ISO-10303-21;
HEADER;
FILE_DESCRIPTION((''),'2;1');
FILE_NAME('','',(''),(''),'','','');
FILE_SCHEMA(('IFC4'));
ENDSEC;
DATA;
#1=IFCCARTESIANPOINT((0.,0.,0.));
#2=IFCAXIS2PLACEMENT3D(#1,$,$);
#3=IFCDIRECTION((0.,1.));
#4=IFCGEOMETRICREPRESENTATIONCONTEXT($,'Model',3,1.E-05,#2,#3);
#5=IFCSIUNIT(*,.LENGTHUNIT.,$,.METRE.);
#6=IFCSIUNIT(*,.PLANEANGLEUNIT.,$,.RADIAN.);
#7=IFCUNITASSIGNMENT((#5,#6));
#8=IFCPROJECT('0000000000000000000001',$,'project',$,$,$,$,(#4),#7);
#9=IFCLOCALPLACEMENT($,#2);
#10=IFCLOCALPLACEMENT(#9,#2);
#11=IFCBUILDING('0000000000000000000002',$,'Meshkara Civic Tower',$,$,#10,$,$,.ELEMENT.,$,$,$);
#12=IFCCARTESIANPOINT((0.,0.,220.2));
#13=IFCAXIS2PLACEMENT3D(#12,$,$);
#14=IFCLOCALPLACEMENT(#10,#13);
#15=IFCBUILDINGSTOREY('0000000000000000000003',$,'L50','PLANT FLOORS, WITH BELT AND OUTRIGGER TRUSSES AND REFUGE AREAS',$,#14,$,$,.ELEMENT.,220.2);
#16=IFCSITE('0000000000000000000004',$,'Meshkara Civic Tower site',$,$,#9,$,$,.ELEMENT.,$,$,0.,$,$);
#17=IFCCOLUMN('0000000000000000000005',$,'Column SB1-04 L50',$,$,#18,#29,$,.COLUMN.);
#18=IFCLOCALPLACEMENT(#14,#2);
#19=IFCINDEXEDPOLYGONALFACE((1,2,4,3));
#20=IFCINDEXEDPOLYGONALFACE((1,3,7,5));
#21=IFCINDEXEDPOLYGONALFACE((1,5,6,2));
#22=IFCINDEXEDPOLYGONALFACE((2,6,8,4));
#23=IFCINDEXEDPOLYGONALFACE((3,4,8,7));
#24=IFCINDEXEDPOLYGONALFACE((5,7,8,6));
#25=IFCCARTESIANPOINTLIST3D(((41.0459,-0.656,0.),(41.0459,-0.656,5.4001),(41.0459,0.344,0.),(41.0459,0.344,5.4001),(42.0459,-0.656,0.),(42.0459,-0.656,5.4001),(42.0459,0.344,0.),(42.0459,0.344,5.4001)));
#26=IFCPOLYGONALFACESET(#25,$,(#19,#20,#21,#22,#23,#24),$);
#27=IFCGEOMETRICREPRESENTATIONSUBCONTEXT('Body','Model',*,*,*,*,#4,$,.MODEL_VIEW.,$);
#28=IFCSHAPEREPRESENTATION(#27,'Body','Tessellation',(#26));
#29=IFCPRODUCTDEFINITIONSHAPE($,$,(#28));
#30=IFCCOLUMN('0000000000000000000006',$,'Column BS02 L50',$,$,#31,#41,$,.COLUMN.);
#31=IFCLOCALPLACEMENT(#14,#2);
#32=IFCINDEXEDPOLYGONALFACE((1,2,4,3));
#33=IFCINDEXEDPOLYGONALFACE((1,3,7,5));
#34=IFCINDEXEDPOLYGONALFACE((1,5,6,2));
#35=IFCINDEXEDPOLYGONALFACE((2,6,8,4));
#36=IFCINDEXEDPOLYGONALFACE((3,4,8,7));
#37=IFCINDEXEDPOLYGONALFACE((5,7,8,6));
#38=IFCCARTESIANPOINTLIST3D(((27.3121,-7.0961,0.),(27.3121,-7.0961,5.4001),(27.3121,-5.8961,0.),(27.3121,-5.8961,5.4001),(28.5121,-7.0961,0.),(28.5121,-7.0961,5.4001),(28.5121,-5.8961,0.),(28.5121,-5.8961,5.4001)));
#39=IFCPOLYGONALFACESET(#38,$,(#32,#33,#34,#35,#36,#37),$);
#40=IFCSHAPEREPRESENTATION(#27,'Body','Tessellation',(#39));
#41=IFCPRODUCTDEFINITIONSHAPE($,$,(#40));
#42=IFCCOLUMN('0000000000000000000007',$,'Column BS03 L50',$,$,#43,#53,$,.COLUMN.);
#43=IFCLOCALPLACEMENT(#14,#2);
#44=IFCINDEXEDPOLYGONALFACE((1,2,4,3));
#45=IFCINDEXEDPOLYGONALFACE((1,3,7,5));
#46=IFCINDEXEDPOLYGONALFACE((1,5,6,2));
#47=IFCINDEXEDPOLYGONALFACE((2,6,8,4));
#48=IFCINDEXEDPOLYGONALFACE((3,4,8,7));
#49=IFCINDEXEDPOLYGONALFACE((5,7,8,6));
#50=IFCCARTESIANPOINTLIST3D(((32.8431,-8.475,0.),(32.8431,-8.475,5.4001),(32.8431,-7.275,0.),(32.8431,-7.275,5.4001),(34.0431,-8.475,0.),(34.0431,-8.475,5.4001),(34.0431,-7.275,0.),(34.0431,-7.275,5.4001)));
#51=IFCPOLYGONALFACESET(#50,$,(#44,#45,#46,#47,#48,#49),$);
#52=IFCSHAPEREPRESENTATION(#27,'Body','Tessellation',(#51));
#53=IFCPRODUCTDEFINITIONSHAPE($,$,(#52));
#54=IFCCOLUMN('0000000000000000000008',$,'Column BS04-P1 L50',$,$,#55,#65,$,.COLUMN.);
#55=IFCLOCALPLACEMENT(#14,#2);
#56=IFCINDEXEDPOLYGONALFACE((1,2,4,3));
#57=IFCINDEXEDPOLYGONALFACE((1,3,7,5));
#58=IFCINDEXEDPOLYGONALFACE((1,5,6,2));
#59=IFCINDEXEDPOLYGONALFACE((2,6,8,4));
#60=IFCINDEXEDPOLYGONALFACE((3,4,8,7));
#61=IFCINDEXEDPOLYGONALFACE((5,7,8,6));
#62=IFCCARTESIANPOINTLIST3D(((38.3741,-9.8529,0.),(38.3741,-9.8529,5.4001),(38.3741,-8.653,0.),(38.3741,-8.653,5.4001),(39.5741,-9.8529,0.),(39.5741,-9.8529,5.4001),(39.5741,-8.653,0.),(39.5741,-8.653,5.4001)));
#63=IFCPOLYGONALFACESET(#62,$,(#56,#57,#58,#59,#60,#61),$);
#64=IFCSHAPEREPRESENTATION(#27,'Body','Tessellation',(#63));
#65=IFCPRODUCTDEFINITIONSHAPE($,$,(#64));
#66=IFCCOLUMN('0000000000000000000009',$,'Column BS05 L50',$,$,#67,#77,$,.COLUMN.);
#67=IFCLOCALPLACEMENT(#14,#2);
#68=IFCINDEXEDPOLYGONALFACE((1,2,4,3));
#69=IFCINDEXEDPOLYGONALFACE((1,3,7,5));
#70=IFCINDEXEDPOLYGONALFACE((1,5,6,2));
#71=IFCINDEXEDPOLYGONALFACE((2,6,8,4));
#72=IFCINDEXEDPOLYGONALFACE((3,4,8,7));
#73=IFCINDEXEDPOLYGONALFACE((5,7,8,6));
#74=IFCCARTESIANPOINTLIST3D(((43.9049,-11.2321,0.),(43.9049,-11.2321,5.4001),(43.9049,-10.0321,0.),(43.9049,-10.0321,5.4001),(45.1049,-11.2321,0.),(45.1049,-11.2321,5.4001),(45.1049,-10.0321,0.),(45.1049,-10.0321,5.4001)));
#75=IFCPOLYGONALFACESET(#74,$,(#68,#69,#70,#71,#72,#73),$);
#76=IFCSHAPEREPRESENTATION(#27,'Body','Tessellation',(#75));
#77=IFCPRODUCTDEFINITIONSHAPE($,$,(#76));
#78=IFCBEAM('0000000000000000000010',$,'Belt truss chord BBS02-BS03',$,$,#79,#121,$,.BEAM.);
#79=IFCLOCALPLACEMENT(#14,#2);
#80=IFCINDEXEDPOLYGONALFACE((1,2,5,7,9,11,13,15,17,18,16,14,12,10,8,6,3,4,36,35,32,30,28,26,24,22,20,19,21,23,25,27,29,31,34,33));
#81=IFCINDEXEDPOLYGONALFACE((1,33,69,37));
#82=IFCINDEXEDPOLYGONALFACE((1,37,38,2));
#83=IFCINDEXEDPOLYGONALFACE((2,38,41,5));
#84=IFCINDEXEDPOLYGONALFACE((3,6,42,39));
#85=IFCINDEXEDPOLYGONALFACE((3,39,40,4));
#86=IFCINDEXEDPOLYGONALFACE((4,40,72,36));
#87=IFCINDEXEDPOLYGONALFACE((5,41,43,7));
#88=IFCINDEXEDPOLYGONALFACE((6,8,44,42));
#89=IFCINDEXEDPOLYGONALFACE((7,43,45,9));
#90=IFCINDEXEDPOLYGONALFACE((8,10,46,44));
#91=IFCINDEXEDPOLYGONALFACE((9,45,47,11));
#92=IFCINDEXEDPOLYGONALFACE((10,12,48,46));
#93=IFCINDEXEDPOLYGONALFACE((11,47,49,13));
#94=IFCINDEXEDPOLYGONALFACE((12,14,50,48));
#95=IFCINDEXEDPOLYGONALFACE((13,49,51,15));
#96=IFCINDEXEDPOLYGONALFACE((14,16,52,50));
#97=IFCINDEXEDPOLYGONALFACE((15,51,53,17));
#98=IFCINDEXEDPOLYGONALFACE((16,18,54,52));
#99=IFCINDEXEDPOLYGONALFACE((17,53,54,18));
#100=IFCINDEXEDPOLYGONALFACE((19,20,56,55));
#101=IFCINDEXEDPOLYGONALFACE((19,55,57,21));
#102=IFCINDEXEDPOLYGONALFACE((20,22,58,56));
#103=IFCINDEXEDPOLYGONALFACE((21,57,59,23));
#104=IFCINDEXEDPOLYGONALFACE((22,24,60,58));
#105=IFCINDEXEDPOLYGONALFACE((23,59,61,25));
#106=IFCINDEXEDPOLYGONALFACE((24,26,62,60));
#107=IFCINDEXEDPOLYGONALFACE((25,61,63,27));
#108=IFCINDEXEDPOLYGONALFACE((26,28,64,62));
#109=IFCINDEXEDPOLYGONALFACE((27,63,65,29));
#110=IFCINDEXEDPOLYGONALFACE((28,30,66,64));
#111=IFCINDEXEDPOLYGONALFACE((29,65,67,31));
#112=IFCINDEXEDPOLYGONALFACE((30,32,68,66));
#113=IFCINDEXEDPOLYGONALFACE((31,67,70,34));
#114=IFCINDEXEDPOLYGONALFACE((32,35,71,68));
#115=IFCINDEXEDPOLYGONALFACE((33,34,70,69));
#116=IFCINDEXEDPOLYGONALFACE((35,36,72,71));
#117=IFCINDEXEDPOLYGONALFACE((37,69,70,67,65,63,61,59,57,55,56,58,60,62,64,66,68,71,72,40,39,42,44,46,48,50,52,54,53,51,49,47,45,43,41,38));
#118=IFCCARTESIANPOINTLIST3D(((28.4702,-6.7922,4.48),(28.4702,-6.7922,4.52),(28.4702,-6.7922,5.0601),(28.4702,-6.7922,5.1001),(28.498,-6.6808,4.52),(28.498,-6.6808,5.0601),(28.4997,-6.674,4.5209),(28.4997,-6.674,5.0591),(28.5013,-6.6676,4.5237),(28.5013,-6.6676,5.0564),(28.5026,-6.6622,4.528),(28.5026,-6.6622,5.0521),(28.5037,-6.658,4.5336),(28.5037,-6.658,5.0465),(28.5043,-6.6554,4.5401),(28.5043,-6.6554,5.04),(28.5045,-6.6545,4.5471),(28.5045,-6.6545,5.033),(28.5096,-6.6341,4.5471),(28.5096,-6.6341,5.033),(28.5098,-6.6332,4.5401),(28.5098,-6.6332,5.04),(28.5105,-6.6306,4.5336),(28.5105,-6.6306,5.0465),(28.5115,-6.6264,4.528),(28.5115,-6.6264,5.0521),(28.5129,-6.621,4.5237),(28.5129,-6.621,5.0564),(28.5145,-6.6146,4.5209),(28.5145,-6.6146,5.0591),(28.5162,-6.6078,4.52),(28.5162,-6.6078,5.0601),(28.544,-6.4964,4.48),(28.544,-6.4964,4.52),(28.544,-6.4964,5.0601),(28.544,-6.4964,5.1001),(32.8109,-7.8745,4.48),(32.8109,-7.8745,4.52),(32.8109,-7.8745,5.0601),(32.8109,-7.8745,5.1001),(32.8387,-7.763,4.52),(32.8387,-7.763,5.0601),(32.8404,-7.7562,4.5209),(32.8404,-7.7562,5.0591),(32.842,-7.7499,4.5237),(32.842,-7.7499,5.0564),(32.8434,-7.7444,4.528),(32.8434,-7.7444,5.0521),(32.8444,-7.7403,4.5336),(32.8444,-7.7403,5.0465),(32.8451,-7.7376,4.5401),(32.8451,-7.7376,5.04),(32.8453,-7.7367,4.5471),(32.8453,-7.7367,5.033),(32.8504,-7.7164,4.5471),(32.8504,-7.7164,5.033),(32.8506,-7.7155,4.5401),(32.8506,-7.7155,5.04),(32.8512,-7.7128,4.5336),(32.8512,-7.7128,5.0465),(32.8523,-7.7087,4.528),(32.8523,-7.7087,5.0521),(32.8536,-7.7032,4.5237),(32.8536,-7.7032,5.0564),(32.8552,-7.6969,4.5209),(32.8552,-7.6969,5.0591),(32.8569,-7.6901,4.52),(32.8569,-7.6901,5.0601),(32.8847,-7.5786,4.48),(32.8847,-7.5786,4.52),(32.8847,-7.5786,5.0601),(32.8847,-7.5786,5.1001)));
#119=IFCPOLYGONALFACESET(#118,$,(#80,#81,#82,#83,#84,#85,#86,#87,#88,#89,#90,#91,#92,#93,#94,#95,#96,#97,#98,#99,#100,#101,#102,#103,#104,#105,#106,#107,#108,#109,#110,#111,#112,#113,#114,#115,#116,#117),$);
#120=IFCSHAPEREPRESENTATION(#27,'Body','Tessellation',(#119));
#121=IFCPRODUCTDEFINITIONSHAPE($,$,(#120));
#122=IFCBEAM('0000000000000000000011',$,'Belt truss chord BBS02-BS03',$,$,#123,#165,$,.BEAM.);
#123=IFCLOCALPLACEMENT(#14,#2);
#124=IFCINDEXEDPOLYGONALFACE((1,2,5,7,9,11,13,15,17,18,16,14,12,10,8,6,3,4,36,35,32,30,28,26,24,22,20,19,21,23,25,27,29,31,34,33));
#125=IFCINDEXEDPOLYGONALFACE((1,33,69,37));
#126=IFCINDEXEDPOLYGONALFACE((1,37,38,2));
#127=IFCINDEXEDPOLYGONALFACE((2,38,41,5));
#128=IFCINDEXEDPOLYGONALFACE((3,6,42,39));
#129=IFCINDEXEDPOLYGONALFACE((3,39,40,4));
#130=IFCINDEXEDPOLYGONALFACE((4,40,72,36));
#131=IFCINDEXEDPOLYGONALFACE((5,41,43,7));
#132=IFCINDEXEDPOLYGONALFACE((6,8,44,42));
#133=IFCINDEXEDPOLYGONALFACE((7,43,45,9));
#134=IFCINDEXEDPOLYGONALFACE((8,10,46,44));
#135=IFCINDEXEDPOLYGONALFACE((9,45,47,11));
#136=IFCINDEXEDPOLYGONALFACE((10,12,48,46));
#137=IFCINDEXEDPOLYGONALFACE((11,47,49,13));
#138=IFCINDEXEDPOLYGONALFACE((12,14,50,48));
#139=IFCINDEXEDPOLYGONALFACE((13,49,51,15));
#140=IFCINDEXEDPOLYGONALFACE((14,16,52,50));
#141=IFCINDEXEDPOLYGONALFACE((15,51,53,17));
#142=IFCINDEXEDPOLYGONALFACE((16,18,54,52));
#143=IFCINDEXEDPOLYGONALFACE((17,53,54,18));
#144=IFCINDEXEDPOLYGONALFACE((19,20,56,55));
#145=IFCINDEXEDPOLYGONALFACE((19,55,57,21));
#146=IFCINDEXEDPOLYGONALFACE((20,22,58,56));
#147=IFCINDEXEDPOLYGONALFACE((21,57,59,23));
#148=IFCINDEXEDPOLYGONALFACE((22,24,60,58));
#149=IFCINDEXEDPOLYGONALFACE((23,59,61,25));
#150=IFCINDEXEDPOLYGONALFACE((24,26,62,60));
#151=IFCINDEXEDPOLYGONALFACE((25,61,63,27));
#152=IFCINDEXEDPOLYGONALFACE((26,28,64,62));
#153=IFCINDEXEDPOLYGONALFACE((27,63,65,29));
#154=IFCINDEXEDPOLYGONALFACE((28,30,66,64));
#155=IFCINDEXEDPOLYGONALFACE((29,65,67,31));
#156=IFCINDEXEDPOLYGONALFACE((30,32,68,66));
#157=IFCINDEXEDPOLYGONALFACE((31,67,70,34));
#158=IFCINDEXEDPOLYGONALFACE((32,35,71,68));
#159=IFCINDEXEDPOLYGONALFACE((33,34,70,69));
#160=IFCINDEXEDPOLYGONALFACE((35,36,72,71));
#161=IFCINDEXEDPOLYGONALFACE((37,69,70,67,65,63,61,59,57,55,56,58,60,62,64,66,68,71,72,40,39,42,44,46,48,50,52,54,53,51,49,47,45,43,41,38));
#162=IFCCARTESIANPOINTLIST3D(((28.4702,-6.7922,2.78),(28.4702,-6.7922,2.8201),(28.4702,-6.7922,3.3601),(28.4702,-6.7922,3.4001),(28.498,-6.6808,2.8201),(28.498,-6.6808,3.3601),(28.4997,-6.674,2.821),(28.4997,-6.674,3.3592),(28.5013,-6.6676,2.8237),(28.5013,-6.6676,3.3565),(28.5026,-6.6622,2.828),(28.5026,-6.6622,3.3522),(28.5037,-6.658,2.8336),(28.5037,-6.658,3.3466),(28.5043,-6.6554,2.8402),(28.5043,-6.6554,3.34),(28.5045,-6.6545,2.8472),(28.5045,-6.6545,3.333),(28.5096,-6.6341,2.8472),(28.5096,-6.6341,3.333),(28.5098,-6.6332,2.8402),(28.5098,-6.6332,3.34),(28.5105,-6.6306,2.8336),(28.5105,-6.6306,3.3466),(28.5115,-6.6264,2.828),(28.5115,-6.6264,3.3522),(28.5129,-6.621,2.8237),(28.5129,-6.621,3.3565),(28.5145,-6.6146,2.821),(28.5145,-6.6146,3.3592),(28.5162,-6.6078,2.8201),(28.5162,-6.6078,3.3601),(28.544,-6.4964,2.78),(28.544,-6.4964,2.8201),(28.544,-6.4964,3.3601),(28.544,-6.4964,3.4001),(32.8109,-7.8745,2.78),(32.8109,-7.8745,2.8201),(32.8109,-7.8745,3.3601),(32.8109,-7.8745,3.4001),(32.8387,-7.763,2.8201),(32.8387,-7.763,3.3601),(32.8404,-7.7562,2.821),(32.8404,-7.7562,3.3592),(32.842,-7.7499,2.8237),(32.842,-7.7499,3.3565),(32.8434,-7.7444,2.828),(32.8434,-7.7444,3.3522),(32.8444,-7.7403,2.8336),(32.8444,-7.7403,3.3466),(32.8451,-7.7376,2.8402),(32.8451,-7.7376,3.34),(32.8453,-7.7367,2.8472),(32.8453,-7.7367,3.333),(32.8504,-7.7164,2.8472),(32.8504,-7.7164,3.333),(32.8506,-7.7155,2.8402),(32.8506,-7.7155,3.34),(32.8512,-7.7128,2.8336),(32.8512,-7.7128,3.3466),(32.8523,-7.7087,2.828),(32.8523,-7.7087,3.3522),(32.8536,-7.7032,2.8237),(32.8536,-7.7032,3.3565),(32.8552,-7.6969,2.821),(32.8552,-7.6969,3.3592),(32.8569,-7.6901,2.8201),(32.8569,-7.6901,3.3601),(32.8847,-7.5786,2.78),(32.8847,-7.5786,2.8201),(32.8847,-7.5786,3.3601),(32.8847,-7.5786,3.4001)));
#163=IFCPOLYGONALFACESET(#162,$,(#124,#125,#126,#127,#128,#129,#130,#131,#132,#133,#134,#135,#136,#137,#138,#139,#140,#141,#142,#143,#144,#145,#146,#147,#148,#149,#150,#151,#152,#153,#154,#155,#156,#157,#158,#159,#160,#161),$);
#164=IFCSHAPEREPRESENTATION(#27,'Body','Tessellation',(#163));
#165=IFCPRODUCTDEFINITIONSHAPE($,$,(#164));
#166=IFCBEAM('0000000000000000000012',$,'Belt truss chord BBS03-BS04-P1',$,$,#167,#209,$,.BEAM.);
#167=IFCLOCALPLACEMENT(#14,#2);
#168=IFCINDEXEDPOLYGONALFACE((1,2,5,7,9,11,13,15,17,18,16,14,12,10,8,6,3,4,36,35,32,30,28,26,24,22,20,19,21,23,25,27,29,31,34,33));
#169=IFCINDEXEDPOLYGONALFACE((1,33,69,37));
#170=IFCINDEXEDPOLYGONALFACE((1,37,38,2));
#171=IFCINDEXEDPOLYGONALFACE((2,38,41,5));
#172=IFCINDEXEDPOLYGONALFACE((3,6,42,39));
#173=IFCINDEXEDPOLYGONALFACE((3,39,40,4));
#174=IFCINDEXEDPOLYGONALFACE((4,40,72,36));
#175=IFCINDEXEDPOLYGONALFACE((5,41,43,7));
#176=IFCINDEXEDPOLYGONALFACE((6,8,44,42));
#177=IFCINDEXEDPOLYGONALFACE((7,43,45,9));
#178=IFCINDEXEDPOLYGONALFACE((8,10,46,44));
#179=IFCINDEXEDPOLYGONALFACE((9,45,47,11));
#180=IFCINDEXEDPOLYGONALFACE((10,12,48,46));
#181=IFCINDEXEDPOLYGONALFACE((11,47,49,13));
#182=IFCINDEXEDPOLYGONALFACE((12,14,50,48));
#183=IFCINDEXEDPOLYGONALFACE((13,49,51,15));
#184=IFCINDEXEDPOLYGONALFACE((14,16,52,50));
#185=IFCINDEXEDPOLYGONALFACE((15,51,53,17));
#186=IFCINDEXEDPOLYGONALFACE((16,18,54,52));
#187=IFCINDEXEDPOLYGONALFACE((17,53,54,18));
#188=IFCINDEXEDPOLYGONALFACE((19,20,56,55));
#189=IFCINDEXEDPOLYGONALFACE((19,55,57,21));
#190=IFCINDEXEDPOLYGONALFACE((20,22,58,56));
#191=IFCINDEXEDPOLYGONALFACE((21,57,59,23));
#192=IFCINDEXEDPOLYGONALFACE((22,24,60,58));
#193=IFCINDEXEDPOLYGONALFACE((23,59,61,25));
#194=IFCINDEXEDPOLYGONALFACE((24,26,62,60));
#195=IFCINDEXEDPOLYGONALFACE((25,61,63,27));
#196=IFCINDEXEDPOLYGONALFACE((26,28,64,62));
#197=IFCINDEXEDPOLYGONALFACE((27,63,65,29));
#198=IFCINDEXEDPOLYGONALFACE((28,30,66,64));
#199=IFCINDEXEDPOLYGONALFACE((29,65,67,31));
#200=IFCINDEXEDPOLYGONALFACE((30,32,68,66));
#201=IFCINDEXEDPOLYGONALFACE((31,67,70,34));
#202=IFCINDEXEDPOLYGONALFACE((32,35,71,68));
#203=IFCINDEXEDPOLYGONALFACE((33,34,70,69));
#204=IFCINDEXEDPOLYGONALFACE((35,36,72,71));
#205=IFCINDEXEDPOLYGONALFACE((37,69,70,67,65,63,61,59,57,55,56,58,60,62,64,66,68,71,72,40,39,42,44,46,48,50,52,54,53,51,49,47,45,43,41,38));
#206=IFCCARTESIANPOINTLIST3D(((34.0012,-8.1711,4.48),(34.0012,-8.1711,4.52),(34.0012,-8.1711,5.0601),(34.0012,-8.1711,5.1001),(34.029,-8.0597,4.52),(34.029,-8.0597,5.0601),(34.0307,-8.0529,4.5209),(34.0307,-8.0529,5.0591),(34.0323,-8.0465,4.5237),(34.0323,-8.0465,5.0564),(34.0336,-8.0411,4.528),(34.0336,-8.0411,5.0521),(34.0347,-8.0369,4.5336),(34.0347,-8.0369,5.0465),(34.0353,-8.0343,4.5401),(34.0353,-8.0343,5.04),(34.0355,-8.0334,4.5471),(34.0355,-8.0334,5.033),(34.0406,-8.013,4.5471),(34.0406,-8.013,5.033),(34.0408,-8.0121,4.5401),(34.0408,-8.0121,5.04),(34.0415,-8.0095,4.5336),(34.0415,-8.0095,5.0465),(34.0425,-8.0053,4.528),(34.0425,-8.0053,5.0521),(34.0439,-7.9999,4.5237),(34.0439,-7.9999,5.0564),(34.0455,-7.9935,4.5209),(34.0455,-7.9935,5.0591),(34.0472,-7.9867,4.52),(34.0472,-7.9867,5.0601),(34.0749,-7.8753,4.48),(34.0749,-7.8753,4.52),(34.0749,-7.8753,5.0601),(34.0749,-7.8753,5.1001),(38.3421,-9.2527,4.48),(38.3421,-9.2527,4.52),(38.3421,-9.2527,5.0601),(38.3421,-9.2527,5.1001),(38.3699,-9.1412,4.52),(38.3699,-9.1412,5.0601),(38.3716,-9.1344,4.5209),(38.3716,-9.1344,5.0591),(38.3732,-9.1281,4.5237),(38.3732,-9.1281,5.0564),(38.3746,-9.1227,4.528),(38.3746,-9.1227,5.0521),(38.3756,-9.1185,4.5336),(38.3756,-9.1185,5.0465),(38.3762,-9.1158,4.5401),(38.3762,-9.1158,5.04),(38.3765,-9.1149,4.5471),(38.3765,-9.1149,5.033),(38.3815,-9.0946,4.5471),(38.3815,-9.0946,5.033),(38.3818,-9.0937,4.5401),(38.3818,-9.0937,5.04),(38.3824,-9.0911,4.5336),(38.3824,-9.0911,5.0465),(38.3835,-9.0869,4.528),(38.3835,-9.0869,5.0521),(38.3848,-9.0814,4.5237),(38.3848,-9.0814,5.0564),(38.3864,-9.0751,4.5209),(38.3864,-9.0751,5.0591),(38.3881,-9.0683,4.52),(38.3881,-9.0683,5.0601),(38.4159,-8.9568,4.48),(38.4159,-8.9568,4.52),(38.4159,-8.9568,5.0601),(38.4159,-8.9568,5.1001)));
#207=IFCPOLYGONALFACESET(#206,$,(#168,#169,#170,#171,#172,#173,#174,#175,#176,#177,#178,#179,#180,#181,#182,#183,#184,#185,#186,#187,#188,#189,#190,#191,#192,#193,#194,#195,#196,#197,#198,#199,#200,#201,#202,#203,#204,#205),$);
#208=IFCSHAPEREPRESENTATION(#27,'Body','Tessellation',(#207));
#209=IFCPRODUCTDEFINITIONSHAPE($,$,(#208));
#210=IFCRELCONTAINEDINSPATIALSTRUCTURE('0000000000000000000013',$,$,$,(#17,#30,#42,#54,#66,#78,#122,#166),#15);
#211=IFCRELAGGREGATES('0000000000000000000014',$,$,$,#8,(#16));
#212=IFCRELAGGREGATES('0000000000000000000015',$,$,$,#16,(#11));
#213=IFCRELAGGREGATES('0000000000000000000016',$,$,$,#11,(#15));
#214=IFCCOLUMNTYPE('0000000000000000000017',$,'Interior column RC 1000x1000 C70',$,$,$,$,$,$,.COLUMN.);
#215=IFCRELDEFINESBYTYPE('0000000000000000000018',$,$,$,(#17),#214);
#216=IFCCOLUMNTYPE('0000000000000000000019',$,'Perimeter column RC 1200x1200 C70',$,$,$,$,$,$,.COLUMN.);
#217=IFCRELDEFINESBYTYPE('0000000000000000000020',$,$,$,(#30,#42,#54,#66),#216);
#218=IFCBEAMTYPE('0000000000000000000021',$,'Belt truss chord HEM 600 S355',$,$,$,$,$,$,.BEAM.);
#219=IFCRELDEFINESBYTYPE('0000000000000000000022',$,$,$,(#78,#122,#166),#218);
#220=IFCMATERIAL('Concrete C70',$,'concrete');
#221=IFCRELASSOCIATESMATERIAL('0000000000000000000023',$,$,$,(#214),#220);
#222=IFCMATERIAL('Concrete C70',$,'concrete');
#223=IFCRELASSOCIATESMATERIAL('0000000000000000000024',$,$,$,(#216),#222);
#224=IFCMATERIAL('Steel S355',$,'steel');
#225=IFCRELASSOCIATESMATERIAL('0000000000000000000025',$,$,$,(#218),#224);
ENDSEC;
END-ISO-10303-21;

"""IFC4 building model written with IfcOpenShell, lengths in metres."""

from ifc_helpers import new_model, si_unit, direction, frame, origin, origin_2d, place, context, subcontext, project, spatial, rectangle, i_section, extrude, material, material_profile, profile_set, type_object, element, save


model = new_model("IFC4")

# Units and contexts
model_context = context("Model", 3, precision=1e-05, world=origin(), true_north=direction((0.0, 1.0)))
body_context = subcontext(model_context, "Body", "Model", "MODEL_VIEW")
ifc_project = project(units=[si_unit("LENGTHUNIT", "METRE"), si_unit("PLANEANGLEUNIT", "RADIAN")], contexts=[model_context])

# Site, building, storey
site_placement = place(None, origin())
site = spatial("IfcSite", under=ifc_project, at=site_placement, Name="Meshkara Civic Tower site", CompositionType="ELEMENT", RefElevation=0.0)
building_placement = place(site_placement, origin())
building = spatial("IfcBuilding", under=site, at=building_placement, Name="Meshkara Civic Tower", CompositionType="ELEMENT")
storey_placement = place(building_placement, frame((0.0, 0.0, 220.2)))
storey = spatial("IfcBuildingStorey", under=building, at=storey_placement, Name="L50", Description="PLANT FLOORS, WITH BELT AND OUTRIGGER TRUSSES AND REFUGE AREAS", CompositionType="ELEMENT", Elevation=220.2)

# Columns
ifc_material_1 = material(Name="Concrete C70", Category="concrete")
ifc_material_profile_1 = material_profile(ifc_material_1, rectangle(XDim=1.0, YDim=1.0, at=origin_2d()))
ifc_profile_set_1 = profile_set([ifc_material_profile_1], Name="Concrete C70")
column_type_1 = type_object("IfcColumnType", Name="Interior column RC 1000x1000 C70", PredefinedType="COLUMN", material=ifc_profile_set_1)
column_placement = place(storey_placement, frame((41.5459, -0.156, 0.0), z_axis=(0.0, 0.0, 1.0), x_axis=(1.0, 0.0, 0.0)))
element("IfcColumn", 1, at=column_placement, inside=storey, type_object=column_type_1, Name="Column SB1-04 L50", PredefinedType="COLUMN", context=body_context, shape_type="SweptSolid", body=[
    extrude(rectangle(XDim=1.0, YDim=1.0, at=origin_2d()), origin(), (0.0, 0.0, 1.0), 5.4001),
])
ifc_material_2 = material(Name="Concrete C70", Category="concrete")
ifc_material_profile_2 = material_profile(ifc_material_2, rectangle(XDim=1.2, YDim=1.2, at=origin_2d()))
ifc_profile_set_2 = profile_set([ifc_material_profile_2], Name="Concrete C70")
column_type_2 = type_object("IfcColumnType", Name="Perimeter column RC 1200x1200 C70", PredefinedType="COLUMN", material=ifc_profile_set_2)
for number, where, z_axis, x_axis, name in (
    (2, (27.9121, -6.4961, 0.0), (0.0, 0.0, 1.0), (1.0, 0.0, 0.0), "Column BS02 L50"),
    (3, (33.4431, -7.875, 0.0), (0.0, 0.0, 1.0), (1.0, 0.0, 0.0), "Column BS03 L50"),
    (4, (38.9741, -9.2529, 0.0), (0.0, 0.0, 1.0), (1.0, 0.0, 0.0), "Column BS04-P1 L50"),
    (5, (44.5049, -10.6321, 0.0), (0.0, 0.0, 1.0), (1.0, 0.0, 0.0), "Column BS05 L50"),
):
    element("IfcColumn", number, at=place(storey_placement, frame(where, z_axis=z_axis, x_axis=x_axis)), inside=storey, type_object=column_type_2, Name=name, PredefinedType="COLUMN", context=body_context, shape_type="SweptSolid", body=[
        extrude(rectangle(XDim=1.2, YDim=1.2, at=origin_2d()), origin(), (0.0, 0.0, 1.0), 5.4001),
    ])

# Beams
ifc_material_3 = material(Name="Steel S355", Category="steel")
ifc_material_profile_3 = material_profile(ifc_material_3, i_section(OverallWidth=0.3049, OverallDepth=0.6201, WebThickness=0.021, FlangeThickness=0.04, FilletRadius=0.0271, at=origin_2d()))
ifc_profile_set_3 = profile_set([ifc_material_profile_3], Name="Steel S355")
beam_type_1 = type_object("IfcBeamType", Name="Belt truss chord HEM 600 S355", PredefinedType="BEAM", material=ifc_profile_set_3)
for number, where, z_axis, x_axis, name in (
    (6, (28.5071, -6.6443, 4.79), (0.970296, -0.241919, 0.0), (0.241919, 0.970296, 0.0), "Belt truss chord BBS02-BS03"),
    (7, (28.5071, -6.6443, 3.0901), (0.970296, -0.241919, 0.0), (0.241919, 0.970296, 0.0), "Belt truss chord BBS02-BS03"),
    (8, (34.0381, -8.0232, 4.79), (0.970335, -0.241765, 0.0), (0.241765, 0.970335, 0.0), "Belt truss chord BBS03-BS04-P1"),
):
    element("IfcBeam", number, at=place(storey_placement, frame(where, z_axis=z_axis, x_axis=x_axis)), inside=storey, type_object=beam_type_1, Name=name, PredefinedType="BEAM", context=body_context, shape_type="SweptSolid", body=[
        extrude(i_section(OverallWidth=0.3049, OverallDepth=0.6201, WebThickness=0.021, FlangeThickness=0.04, FilletRadius=0.0271, at=origin_2d()), origin(), (0.0, 0.0, 1.0), 4.4736),
    ])

save(model, "model.ifc")
